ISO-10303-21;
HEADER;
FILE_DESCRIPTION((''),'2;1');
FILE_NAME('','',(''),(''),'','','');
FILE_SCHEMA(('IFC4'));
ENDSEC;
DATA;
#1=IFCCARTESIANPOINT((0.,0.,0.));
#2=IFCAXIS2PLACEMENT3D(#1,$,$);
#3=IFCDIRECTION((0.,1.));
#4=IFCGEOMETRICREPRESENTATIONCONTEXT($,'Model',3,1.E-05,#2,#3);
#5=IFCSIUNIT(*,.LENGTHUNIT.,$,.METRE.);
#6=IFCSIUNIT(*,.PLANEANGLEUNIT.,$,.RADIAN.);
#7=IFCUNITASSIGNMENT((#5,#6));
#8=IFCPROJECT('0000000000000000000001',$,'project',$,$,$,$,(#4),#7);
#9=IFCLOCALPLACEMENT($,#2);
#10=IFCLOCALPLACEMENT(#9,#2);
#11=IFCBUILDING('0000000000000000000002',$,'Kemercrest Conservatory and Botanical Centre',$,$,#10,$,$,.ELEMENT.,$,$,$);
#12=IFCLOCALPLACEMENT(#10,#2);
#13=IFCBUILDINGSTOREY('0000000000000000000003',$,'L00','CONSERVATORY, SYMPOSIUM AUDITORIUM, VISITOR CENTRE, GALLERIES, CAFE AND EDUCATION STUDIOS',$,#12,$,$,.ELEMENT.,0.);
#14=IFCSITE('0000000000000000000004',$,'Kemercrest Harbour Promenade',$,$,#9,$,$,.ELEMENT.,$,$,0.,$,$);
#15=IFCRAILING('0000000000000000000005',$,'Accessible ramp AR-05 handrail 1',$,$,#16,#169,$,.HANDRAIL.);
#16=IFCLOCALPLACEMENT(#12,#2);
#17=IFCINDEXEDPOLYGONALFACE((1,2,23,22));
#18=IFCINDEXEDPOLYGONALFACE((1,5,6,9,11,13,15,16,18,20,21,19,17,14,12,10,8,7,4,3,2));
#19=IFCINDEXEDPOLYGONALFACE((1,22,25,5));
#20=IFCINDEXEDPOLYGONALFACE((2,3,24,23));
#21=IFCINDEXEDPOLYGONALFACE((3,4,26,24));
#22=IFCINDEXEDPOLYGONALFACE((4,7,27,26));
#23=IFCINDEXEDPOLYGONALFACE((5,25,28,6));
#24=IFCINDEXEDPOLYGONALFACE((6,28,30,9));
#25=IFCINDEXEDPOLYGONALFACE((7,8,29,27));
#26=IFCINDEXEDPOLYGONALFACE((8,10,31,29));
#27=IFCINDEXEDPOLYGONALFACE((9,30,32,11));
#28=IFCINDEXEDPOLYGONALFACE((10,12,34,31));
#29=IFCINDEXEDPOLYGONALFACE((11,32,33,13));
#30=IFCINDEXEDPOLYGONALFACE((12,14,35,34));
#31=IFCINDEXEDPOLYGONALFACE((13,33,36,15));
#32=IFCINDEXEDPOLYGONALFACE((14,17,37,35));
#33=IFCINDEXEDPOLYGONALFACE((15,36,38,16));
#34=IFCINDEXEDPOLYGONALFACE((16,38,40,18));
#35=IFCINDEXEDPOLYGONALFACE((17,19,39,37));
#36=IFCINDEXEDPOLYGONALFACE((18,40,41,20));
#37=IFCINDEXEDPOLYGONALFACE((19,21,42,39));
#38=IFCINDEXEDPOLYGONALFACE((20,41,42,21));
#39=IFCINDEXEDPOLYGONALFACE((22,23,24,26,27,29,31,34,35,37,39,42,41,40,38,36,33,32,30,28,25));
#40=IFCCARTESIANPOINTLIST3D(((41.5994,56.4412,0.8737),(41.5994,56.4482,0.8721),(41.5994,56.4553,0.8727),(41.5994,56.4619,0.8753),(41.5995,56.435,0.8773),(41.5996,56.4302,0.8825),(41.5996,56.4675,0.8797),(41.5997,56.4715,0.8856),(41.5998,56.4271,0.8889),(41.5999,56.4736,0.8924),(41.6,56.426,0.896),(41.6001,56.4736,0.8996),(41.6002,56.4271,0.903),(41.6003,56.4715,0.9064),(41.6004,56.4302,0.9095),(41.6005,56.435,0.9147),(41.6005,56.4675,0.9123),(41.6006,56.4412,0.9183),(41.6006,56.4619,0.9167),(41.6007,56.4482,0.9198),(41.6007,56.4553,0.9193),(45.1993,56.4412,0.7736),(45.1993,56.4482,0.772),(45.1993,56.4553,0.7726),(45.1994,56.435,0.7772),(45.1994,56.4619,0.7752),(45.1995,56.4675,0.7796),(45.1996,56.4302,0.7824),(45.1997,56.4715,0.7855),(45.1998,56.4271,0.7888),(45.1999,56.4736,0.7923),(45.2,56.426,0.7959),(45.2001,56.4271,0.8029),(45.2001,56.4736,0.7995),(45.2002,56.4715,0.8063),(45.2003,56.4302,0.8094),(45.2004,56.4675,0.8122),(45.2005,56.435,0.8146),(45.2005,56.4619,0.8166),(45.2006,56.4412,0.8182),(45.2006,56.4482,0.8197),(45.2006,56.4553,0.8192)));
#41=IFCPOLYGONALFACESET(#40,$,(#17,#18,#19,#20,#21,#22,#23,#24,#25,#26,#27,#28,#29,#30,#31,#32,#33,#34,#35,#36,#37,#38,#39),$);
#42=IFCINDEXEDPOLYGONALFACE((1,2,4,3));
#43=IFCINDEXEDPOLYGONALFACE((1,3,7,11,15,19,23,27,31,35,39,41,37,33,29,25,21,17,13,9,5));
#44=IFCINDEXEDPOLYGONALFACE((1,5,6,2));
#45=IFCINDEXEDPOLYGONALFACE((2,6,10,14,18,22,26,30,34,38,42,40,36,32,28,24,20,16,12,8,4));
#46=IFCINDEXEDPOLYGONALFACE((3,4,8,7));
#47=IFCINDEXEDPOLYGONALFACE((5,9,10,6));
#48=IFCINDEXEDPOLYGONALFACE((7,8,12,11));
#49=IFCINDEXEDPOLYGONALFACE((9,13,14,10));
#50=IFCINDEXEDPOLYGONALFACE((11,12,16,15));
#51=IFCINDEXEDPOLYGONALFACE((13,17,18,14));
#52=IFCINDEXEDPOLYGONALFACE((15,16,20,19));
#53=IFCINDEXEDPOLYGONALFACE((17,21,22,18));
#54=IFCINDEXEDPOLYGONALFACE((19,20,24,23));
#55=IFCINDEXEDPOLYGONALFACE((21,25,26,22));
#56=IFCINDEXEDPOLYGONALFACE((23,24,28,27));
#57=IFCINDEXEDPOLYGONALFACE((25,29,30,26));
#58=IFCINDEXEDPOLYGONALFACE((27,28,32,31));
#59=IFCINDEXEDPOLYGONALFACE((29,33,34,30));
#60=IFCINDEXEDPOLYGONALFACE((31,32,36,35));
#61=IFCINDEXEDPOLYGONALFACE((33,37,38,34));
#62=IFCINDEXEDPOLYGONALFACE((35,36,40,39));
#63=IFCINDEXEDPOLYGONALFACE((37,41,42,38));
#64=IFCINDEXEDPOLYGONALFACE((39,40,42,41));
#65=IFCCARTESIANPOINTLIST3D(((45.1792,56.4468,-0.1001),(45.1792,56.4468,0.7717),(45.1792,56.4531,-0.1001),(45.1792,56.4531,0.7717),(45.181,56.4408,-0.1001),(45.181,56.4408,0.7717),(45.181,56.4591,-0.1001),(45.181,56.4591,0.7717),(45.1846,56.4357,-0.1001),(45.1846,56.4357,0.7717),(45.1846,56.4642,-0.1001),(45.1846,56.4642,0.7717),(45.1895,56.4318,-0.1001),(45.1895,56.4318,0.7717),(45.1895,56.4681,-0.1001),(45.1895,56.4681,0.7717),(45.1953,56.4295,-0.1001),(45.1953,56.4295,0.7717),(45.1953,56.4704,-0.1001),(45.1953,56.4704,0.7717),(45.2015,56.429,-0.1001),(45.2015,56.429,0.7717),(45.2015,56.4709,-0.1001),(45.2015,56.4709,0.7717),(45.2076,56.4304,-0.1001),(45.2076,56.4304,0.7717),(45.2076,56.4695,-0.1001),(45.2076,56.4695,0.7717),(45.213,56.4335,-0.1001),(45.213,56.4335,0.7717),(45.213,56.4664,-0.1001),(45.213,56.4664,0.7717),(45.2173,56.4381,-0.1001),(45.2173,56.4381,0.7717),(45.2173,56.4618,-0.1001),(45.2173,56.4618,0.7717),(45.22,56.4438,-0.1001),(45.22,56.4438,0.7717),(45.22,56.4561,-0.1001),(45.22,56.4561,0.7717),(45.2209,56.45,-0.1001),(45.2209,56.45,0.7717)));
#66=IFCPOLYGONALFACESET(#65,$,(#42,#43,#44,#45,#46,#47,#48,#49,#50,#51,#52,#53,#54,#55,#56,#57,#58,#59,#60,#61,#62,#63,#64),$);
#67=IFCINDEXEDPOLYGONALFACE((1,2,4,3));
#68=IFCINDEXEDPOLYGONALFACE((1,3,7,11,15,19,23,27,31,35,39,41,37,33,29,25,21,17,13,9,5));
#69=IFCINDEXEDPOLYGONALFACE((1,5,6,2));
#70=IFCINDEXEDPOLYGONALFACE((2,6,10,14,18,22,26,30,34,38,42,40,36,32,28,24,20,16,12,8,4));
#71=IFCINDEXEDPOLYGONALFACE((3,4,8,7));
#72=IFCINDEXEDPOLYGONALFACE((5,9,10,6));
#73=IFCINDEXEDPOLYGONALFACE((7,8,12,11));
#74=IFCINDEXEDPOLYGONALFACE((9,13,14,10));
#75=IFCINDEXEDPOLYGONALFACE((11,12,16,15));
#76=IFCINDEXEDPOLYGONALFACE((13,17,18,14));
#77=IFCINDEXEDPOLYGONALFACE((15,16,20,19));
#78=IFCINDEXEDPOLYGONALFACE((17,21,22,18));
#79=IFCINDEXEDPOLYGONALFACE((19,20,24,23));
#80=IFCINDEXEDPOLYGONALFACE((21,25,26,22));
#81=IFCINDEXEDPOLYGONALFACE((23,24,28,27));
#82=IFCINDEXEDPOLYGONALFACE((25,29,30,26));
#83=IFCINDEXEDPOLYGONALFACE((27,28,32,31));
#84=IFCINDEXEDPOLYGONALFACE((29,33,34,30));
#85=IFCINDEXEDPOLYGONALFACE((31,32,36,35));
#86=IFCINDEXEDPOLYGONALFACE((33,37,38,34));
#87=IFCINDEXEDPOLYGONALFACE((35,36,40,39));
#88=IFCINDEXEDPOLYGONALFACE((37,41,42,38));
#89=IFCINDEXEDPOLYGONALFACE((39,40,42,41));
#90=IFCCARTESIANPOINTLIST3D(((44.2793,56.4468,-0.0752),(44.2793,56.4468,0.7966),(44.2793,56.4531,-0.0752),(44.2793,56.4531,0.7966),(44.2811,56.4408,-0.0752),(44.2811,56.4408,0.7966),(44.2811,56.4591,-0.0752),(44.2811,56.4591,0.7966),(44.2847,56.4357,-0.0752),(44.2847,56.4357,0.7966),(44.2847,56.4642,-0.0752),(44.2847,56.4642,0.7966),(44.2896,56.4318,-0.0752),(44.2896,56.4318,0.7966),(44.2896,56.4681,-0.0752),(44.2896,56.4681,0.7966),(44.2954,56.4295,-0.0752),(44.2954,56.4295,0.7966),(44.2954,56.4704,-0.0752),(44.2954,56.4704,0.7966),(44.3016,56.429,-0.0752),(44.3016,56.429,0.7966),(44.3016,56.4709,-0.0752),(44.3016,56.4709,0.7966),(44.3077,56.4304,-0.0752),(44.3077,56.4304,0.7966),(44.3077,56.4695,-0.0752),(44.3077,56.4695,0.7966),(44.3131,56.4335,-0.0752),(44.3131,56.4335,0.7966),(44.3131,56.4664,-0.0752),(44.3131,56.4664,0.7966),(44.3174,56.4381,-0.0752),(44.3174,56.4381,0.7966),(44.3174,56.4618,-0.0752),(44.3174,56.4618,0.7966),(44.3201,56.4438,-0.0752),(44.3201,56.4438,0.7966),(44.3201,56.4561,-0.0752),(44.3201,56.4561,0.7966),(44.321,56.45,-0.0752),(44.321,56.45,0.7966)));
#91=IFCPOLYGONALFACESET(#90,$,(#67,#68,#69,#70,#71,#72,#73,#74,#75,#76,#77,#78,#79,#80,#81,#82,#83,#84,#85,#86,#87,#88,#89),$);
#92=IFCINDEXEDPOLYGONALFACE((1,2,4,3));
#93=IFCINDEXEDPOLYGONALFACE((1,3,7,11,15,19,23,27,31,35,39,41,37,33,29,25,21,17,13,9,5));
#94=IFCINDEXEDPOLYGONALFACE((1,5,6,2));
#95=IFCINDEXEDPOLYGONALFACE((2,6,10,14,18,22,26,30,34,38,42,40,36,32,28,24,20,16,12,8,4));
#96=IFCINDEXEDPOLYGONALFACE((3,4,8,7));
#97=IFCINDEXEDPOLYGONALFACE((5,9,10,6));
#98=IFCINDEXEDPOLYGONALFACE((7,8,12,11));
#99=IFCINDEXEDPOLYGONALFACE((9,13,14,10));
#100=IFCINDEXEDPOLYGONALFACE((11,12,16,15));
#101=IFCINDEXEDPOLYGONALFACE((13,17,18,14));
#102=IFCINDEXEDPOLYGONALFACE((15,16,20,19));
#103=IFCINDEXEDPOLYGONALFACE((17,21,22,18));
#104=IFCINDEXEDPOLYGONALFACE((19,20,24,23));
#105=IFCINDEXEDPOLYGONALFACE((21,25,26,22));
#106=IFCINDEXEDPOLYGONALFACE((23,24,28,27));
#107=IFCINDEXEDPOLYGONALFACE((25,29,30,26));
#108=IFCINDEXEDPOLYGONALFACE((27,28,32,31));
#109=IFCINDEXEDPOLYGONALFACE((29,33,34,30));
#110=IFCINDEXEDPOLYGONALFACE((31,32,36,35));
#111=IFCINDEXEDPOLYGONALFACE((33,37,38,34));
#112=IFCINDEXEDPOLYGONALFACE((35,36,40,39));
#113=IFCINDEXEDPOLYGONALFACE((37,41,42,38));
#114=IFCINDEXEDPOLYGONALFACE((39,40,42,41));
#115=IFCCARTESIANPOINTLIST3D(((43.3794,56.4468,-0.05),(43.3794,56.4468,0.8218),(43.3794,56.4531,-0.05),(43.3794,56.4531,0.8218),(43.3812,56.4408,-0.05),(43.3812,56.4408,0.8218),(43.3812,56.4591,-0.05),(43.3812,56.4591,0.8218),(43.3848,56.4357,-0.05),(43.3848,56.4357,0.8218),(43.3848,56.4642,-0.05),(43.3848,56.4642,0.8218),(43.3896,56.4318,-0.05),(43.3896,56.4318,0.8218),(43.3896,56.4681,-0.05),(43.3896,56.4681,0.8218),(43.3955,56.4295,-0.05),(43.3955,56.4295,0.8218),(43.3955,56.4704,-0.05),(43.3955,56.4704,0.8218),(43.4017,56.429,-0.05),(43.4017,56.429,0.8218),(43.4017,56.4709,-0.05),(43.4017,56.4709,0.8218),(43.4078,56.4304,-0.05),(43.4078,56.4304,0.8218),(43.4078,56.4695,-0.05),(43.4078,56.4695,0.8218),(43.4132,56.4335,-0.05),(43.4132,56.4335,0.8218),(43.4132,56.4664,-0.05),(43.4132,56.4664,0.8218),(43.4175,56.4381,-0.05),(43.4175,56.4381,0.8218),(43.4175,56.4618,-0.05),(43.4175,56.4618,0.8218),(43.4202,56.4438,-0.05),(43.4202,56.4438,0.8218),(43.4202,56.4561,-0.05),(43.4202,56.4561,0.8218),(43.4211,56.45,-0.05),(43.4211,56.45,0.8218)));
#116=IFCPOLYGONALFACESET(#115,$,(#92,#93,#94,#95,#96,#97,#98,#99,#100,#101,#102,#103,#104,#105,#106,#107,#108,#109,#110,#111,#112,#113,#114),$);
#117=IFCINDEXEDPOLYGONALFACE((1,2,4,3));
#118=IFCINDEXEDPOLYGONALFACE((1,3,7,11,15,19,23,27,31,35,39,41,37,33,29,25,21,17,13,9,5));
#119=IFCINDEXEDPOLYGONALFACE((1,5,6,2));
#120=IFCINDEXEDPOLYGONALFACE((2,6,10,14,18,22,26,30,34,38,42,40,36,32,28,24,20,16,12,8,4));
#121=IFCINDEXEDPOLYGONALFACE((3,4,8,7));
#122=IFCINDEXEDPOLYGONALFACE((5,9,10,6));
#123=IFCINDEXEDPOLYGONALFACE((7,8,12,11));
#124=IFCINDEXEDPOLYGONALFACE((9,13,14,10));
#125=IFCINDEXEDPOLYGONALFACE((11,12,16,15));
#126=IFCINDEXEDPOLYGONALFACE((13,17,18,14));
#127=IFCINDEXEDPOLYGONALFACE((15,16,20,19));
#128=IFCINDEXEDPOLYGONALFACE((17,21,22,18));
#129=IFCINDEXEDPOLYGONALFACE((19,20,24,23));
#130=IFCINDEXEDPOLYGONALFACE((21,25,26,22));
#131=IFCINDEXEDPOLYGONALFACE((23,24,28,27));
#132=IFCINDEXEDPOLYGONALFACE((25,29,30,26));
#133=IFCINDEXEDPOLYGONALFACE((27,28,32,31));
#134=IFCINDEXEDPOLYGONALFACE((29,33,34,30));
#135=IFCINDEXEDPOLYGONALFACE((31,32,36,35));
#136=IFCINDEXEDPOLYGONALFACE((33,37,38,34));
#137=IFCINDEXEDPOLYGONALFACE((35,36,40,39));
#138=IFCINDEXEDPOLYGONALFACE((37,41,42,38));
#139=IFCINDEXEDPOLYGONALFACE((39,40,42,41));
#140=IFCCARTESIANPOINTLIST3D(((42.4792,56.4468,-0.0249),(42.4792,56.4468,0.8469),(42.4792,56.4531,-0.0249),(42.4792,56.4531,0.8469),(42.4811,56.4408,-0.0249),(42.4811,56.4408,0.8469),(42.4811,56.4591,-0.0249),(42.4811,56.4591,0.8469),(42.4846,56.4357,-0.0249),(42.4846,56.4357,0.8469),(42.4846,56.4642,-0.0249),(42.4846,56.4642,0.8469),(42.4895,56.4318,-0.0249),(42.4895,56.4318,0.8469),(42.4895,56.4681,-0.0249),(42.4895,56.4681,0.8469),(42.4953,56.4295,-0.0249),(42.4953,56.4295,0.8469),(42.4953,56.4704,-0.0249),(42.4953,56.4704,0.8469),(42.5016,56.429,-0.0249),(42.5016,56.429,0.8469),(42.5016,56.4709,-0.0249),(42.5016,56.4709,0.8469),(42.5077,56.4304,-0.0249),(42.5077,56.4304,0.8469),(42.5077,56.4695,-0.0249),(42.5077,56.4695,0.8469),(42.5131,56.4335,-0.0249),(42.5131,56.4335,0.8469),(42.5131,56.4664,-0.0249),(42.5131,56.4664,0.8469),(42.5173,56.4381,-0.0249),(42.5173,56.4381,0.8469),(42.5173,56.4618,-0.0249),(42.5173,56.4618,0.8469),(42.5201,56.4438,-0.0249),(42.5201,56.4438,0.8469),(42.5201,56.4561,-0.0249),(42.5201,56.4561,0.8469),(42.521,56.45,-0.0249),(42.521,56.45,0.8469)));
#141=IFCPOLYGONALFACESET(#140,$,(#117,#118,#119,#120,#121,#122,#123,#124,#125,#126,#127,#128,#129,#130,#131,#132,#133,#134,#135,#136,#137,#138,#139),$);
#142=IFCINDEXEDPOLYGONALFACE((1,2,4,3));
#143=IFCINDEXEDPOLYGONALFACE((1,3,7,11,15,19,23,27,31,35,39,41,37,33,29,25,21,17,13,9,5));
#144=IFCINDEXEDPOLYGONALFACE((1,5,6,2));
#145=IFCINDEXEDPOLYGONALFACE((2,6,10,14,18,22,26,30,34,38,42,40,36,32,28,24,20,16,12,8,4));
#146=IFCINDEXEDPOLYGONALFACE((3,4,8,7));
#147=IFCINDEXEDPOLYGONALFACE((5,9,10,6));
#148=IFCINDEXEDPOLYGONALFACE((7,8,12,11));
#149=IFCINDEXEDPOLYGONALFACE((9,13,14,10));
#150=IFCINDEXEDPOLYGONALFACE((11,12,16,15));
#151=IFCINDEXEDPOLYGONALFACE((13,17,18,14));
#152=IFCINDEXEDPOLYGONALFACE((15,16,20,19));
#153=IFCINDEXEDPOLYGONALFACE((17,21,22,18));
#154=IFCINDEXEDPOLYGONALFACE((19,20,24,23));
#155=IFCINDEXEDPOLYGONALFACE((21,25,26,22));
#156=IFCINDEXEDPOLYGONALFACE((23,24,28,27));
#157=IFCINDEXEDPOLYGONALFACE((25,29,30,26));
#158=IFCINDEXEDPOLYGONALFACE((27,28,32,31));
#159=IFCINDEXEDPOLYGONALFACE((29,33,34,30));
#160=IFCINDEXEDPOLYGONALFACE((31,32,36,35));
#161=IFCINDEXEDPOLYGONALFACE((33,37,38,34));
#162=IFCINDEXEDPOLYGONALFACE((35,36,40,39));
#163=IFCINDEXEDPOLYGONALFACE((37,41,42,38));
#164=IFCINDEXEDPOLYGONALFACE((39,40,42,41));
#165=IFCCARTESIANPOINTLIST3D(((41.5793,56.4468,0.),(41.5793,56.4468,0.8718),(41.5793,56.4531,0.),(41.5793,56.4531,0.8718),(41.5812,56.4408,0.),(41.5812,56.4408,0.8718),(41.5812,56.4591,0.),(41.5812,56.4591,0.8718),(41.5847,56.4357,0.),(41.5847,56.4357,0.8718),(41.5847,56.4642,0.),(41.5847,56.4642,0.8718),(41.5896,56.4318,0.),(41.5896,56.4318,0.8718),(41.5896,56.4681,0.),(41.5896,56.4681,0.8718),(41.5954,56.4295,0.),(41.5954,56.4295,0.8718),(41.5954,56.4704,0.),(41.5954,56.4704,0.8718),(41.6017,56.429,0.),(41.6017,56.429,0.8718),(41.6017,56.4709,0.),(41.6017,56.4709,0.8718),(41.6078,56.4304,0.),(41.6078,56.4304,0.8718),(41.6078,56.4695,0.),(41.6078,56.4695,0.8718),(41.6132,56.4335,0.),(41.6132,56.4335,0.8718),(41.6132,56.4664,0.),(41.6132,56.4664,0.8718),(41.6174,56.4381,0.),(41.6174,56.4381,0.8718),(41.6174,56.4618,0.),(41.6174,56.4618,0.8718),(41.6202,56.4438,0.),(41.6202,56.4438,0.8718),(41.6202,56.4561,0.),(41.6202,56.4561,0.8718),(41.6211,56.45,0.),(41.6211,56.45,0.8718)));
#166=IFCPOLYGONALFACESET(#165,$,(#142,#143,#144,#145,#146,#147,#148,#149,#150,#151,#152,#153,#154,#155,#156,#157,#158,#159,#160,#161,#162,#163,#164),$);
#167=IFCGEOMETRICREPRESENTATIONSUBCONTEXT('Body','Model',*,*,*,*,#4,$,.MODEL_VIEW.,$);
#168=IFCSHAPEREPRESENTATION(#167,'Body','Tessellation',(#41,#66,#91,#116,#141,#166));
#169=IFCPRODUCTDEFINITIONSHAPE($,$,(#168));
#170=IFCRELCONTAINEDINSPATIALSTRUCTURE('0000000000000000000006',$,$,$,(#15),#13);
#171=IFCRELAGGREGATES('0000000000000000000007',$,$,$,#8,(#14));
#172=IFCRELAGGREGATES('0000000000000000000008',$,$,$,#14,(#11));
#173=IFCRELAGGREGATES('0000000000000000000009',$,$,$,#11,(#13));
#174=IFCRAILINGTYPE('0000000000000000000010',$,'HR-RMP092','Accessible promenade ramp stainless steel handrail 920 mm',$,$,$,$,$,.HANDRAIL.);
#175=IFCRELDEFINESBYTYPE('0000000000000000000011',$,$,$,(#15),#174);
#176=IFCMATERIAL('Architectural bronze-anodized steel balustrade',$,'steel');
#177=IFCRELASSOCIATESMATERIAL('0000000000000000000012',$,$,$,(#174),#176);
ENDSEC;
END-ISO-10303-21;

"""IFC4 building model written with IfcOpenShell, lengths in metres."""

from ifc_helpers import new_model, si_unit, direction, frame, origin, origin_2d, place, context, subcontext, project, spatial, circle, extrude, material, type_object, element, save


model = new_model("IFC4")

# Units and contexts
model_context = context("Model", 3, precision=1e-05, world=origin(), true_north=direction((0.0, 1.0)))
body_context = subcontext(model_context, "Body", "Model", "MODEL_VIEW")
ifc_project = project(units=[si_unit("LENGTHUNIT", "METRE"), si_unit("PLANEANGLEUNIT", "RADIAN")], contexts=[model_context])

# Site, building, storey
site_placement = place(None, origin())
site = spatial("IfcSite", under=ifc_project, at=site_placement, Name="Kemercrest Harbour Promenade", CompositionType="ELEMENT", RefElevation=0.0)
building_placement = place(site_placement, origin())
building = spatial("IfcBuilding", under=site, at=building_placement, Name="Kemercrest Conservatory and Botanical Centre", CompositionType="ELEMENT")
storey_placement = place(building_placement, origin())
storey = spatial("IfcBuildingStorey", under=building, at=storey_placement, Name="L00", Description="CONSERVATORY, SYMPOSIUM AUDITORIUM, VISITOR CENTRE, GALLERIES, CAFE AND EDUCATION STUDIOS", CompositionType="ELEMENT", Elevation=0.0)

# Railing
ifc_material_1 = material(Name="Architectural bronze-anodized steel balustrade", Category="steel")
railing_type_1 = type_object("IfcRailingType", Name="HR-RMP092", Description="Accessible promenade ramp stainless steel handrail 920 mm", PredefinedType="HANDRAIL", material=ifc_material_1)
for number, where, name in (
    (1, (45.2, 56.45, -0.1001), "Accessible ramp AR-05 handrail 1"),
):
    element("IfcRailing", number, at=place(storey_placement, frame(where)), inside=storey, type_object=railing_type_1, Name=name, PredefinedType="HANDRAIL", context=body_context, shape_type="SweptSolid", body=[
        extrude(circle(Radius=0.0239, at=origin_2d()), frame((0.0, 0.0, 0.896), z_axis=(-0.999614, 0.0, 0.027795), x_axis=(0.0, -1.0, 0.0)), (0.0, 0.0, 1.0), 3.6013),
        extrude(circle(Radius=0.021, at=origin_2d()), origin(), (0.0, 0.0, 1.0), 0.8718),
        extrude(circle(Radius=0.021, at=origin_2d()), frame((-0.8999, 0.0, 0.0249)), (0.0, 0.0, 1.0), 0.8718),
        extrude(circle(Radius=0.021, at=origin_2d()), frame((-1.7998, 0.0, 0.05)), (0.0, 0.0, 1.0), 0.8718),
        extrude(circle(Radius=0.021, at=origin_2d()), frame((-2.7, 0.0, 0.0752)), (0.0, 0.0, 1.0), 0.8718),
        extrude(circle(Radius=0.021, at=origin_2d()), frame((-3.5999, 0.0, 0.1001)), (0.0, 0.0, 1.0), 0.8718),
    ])

save(model, "model.ifc")
